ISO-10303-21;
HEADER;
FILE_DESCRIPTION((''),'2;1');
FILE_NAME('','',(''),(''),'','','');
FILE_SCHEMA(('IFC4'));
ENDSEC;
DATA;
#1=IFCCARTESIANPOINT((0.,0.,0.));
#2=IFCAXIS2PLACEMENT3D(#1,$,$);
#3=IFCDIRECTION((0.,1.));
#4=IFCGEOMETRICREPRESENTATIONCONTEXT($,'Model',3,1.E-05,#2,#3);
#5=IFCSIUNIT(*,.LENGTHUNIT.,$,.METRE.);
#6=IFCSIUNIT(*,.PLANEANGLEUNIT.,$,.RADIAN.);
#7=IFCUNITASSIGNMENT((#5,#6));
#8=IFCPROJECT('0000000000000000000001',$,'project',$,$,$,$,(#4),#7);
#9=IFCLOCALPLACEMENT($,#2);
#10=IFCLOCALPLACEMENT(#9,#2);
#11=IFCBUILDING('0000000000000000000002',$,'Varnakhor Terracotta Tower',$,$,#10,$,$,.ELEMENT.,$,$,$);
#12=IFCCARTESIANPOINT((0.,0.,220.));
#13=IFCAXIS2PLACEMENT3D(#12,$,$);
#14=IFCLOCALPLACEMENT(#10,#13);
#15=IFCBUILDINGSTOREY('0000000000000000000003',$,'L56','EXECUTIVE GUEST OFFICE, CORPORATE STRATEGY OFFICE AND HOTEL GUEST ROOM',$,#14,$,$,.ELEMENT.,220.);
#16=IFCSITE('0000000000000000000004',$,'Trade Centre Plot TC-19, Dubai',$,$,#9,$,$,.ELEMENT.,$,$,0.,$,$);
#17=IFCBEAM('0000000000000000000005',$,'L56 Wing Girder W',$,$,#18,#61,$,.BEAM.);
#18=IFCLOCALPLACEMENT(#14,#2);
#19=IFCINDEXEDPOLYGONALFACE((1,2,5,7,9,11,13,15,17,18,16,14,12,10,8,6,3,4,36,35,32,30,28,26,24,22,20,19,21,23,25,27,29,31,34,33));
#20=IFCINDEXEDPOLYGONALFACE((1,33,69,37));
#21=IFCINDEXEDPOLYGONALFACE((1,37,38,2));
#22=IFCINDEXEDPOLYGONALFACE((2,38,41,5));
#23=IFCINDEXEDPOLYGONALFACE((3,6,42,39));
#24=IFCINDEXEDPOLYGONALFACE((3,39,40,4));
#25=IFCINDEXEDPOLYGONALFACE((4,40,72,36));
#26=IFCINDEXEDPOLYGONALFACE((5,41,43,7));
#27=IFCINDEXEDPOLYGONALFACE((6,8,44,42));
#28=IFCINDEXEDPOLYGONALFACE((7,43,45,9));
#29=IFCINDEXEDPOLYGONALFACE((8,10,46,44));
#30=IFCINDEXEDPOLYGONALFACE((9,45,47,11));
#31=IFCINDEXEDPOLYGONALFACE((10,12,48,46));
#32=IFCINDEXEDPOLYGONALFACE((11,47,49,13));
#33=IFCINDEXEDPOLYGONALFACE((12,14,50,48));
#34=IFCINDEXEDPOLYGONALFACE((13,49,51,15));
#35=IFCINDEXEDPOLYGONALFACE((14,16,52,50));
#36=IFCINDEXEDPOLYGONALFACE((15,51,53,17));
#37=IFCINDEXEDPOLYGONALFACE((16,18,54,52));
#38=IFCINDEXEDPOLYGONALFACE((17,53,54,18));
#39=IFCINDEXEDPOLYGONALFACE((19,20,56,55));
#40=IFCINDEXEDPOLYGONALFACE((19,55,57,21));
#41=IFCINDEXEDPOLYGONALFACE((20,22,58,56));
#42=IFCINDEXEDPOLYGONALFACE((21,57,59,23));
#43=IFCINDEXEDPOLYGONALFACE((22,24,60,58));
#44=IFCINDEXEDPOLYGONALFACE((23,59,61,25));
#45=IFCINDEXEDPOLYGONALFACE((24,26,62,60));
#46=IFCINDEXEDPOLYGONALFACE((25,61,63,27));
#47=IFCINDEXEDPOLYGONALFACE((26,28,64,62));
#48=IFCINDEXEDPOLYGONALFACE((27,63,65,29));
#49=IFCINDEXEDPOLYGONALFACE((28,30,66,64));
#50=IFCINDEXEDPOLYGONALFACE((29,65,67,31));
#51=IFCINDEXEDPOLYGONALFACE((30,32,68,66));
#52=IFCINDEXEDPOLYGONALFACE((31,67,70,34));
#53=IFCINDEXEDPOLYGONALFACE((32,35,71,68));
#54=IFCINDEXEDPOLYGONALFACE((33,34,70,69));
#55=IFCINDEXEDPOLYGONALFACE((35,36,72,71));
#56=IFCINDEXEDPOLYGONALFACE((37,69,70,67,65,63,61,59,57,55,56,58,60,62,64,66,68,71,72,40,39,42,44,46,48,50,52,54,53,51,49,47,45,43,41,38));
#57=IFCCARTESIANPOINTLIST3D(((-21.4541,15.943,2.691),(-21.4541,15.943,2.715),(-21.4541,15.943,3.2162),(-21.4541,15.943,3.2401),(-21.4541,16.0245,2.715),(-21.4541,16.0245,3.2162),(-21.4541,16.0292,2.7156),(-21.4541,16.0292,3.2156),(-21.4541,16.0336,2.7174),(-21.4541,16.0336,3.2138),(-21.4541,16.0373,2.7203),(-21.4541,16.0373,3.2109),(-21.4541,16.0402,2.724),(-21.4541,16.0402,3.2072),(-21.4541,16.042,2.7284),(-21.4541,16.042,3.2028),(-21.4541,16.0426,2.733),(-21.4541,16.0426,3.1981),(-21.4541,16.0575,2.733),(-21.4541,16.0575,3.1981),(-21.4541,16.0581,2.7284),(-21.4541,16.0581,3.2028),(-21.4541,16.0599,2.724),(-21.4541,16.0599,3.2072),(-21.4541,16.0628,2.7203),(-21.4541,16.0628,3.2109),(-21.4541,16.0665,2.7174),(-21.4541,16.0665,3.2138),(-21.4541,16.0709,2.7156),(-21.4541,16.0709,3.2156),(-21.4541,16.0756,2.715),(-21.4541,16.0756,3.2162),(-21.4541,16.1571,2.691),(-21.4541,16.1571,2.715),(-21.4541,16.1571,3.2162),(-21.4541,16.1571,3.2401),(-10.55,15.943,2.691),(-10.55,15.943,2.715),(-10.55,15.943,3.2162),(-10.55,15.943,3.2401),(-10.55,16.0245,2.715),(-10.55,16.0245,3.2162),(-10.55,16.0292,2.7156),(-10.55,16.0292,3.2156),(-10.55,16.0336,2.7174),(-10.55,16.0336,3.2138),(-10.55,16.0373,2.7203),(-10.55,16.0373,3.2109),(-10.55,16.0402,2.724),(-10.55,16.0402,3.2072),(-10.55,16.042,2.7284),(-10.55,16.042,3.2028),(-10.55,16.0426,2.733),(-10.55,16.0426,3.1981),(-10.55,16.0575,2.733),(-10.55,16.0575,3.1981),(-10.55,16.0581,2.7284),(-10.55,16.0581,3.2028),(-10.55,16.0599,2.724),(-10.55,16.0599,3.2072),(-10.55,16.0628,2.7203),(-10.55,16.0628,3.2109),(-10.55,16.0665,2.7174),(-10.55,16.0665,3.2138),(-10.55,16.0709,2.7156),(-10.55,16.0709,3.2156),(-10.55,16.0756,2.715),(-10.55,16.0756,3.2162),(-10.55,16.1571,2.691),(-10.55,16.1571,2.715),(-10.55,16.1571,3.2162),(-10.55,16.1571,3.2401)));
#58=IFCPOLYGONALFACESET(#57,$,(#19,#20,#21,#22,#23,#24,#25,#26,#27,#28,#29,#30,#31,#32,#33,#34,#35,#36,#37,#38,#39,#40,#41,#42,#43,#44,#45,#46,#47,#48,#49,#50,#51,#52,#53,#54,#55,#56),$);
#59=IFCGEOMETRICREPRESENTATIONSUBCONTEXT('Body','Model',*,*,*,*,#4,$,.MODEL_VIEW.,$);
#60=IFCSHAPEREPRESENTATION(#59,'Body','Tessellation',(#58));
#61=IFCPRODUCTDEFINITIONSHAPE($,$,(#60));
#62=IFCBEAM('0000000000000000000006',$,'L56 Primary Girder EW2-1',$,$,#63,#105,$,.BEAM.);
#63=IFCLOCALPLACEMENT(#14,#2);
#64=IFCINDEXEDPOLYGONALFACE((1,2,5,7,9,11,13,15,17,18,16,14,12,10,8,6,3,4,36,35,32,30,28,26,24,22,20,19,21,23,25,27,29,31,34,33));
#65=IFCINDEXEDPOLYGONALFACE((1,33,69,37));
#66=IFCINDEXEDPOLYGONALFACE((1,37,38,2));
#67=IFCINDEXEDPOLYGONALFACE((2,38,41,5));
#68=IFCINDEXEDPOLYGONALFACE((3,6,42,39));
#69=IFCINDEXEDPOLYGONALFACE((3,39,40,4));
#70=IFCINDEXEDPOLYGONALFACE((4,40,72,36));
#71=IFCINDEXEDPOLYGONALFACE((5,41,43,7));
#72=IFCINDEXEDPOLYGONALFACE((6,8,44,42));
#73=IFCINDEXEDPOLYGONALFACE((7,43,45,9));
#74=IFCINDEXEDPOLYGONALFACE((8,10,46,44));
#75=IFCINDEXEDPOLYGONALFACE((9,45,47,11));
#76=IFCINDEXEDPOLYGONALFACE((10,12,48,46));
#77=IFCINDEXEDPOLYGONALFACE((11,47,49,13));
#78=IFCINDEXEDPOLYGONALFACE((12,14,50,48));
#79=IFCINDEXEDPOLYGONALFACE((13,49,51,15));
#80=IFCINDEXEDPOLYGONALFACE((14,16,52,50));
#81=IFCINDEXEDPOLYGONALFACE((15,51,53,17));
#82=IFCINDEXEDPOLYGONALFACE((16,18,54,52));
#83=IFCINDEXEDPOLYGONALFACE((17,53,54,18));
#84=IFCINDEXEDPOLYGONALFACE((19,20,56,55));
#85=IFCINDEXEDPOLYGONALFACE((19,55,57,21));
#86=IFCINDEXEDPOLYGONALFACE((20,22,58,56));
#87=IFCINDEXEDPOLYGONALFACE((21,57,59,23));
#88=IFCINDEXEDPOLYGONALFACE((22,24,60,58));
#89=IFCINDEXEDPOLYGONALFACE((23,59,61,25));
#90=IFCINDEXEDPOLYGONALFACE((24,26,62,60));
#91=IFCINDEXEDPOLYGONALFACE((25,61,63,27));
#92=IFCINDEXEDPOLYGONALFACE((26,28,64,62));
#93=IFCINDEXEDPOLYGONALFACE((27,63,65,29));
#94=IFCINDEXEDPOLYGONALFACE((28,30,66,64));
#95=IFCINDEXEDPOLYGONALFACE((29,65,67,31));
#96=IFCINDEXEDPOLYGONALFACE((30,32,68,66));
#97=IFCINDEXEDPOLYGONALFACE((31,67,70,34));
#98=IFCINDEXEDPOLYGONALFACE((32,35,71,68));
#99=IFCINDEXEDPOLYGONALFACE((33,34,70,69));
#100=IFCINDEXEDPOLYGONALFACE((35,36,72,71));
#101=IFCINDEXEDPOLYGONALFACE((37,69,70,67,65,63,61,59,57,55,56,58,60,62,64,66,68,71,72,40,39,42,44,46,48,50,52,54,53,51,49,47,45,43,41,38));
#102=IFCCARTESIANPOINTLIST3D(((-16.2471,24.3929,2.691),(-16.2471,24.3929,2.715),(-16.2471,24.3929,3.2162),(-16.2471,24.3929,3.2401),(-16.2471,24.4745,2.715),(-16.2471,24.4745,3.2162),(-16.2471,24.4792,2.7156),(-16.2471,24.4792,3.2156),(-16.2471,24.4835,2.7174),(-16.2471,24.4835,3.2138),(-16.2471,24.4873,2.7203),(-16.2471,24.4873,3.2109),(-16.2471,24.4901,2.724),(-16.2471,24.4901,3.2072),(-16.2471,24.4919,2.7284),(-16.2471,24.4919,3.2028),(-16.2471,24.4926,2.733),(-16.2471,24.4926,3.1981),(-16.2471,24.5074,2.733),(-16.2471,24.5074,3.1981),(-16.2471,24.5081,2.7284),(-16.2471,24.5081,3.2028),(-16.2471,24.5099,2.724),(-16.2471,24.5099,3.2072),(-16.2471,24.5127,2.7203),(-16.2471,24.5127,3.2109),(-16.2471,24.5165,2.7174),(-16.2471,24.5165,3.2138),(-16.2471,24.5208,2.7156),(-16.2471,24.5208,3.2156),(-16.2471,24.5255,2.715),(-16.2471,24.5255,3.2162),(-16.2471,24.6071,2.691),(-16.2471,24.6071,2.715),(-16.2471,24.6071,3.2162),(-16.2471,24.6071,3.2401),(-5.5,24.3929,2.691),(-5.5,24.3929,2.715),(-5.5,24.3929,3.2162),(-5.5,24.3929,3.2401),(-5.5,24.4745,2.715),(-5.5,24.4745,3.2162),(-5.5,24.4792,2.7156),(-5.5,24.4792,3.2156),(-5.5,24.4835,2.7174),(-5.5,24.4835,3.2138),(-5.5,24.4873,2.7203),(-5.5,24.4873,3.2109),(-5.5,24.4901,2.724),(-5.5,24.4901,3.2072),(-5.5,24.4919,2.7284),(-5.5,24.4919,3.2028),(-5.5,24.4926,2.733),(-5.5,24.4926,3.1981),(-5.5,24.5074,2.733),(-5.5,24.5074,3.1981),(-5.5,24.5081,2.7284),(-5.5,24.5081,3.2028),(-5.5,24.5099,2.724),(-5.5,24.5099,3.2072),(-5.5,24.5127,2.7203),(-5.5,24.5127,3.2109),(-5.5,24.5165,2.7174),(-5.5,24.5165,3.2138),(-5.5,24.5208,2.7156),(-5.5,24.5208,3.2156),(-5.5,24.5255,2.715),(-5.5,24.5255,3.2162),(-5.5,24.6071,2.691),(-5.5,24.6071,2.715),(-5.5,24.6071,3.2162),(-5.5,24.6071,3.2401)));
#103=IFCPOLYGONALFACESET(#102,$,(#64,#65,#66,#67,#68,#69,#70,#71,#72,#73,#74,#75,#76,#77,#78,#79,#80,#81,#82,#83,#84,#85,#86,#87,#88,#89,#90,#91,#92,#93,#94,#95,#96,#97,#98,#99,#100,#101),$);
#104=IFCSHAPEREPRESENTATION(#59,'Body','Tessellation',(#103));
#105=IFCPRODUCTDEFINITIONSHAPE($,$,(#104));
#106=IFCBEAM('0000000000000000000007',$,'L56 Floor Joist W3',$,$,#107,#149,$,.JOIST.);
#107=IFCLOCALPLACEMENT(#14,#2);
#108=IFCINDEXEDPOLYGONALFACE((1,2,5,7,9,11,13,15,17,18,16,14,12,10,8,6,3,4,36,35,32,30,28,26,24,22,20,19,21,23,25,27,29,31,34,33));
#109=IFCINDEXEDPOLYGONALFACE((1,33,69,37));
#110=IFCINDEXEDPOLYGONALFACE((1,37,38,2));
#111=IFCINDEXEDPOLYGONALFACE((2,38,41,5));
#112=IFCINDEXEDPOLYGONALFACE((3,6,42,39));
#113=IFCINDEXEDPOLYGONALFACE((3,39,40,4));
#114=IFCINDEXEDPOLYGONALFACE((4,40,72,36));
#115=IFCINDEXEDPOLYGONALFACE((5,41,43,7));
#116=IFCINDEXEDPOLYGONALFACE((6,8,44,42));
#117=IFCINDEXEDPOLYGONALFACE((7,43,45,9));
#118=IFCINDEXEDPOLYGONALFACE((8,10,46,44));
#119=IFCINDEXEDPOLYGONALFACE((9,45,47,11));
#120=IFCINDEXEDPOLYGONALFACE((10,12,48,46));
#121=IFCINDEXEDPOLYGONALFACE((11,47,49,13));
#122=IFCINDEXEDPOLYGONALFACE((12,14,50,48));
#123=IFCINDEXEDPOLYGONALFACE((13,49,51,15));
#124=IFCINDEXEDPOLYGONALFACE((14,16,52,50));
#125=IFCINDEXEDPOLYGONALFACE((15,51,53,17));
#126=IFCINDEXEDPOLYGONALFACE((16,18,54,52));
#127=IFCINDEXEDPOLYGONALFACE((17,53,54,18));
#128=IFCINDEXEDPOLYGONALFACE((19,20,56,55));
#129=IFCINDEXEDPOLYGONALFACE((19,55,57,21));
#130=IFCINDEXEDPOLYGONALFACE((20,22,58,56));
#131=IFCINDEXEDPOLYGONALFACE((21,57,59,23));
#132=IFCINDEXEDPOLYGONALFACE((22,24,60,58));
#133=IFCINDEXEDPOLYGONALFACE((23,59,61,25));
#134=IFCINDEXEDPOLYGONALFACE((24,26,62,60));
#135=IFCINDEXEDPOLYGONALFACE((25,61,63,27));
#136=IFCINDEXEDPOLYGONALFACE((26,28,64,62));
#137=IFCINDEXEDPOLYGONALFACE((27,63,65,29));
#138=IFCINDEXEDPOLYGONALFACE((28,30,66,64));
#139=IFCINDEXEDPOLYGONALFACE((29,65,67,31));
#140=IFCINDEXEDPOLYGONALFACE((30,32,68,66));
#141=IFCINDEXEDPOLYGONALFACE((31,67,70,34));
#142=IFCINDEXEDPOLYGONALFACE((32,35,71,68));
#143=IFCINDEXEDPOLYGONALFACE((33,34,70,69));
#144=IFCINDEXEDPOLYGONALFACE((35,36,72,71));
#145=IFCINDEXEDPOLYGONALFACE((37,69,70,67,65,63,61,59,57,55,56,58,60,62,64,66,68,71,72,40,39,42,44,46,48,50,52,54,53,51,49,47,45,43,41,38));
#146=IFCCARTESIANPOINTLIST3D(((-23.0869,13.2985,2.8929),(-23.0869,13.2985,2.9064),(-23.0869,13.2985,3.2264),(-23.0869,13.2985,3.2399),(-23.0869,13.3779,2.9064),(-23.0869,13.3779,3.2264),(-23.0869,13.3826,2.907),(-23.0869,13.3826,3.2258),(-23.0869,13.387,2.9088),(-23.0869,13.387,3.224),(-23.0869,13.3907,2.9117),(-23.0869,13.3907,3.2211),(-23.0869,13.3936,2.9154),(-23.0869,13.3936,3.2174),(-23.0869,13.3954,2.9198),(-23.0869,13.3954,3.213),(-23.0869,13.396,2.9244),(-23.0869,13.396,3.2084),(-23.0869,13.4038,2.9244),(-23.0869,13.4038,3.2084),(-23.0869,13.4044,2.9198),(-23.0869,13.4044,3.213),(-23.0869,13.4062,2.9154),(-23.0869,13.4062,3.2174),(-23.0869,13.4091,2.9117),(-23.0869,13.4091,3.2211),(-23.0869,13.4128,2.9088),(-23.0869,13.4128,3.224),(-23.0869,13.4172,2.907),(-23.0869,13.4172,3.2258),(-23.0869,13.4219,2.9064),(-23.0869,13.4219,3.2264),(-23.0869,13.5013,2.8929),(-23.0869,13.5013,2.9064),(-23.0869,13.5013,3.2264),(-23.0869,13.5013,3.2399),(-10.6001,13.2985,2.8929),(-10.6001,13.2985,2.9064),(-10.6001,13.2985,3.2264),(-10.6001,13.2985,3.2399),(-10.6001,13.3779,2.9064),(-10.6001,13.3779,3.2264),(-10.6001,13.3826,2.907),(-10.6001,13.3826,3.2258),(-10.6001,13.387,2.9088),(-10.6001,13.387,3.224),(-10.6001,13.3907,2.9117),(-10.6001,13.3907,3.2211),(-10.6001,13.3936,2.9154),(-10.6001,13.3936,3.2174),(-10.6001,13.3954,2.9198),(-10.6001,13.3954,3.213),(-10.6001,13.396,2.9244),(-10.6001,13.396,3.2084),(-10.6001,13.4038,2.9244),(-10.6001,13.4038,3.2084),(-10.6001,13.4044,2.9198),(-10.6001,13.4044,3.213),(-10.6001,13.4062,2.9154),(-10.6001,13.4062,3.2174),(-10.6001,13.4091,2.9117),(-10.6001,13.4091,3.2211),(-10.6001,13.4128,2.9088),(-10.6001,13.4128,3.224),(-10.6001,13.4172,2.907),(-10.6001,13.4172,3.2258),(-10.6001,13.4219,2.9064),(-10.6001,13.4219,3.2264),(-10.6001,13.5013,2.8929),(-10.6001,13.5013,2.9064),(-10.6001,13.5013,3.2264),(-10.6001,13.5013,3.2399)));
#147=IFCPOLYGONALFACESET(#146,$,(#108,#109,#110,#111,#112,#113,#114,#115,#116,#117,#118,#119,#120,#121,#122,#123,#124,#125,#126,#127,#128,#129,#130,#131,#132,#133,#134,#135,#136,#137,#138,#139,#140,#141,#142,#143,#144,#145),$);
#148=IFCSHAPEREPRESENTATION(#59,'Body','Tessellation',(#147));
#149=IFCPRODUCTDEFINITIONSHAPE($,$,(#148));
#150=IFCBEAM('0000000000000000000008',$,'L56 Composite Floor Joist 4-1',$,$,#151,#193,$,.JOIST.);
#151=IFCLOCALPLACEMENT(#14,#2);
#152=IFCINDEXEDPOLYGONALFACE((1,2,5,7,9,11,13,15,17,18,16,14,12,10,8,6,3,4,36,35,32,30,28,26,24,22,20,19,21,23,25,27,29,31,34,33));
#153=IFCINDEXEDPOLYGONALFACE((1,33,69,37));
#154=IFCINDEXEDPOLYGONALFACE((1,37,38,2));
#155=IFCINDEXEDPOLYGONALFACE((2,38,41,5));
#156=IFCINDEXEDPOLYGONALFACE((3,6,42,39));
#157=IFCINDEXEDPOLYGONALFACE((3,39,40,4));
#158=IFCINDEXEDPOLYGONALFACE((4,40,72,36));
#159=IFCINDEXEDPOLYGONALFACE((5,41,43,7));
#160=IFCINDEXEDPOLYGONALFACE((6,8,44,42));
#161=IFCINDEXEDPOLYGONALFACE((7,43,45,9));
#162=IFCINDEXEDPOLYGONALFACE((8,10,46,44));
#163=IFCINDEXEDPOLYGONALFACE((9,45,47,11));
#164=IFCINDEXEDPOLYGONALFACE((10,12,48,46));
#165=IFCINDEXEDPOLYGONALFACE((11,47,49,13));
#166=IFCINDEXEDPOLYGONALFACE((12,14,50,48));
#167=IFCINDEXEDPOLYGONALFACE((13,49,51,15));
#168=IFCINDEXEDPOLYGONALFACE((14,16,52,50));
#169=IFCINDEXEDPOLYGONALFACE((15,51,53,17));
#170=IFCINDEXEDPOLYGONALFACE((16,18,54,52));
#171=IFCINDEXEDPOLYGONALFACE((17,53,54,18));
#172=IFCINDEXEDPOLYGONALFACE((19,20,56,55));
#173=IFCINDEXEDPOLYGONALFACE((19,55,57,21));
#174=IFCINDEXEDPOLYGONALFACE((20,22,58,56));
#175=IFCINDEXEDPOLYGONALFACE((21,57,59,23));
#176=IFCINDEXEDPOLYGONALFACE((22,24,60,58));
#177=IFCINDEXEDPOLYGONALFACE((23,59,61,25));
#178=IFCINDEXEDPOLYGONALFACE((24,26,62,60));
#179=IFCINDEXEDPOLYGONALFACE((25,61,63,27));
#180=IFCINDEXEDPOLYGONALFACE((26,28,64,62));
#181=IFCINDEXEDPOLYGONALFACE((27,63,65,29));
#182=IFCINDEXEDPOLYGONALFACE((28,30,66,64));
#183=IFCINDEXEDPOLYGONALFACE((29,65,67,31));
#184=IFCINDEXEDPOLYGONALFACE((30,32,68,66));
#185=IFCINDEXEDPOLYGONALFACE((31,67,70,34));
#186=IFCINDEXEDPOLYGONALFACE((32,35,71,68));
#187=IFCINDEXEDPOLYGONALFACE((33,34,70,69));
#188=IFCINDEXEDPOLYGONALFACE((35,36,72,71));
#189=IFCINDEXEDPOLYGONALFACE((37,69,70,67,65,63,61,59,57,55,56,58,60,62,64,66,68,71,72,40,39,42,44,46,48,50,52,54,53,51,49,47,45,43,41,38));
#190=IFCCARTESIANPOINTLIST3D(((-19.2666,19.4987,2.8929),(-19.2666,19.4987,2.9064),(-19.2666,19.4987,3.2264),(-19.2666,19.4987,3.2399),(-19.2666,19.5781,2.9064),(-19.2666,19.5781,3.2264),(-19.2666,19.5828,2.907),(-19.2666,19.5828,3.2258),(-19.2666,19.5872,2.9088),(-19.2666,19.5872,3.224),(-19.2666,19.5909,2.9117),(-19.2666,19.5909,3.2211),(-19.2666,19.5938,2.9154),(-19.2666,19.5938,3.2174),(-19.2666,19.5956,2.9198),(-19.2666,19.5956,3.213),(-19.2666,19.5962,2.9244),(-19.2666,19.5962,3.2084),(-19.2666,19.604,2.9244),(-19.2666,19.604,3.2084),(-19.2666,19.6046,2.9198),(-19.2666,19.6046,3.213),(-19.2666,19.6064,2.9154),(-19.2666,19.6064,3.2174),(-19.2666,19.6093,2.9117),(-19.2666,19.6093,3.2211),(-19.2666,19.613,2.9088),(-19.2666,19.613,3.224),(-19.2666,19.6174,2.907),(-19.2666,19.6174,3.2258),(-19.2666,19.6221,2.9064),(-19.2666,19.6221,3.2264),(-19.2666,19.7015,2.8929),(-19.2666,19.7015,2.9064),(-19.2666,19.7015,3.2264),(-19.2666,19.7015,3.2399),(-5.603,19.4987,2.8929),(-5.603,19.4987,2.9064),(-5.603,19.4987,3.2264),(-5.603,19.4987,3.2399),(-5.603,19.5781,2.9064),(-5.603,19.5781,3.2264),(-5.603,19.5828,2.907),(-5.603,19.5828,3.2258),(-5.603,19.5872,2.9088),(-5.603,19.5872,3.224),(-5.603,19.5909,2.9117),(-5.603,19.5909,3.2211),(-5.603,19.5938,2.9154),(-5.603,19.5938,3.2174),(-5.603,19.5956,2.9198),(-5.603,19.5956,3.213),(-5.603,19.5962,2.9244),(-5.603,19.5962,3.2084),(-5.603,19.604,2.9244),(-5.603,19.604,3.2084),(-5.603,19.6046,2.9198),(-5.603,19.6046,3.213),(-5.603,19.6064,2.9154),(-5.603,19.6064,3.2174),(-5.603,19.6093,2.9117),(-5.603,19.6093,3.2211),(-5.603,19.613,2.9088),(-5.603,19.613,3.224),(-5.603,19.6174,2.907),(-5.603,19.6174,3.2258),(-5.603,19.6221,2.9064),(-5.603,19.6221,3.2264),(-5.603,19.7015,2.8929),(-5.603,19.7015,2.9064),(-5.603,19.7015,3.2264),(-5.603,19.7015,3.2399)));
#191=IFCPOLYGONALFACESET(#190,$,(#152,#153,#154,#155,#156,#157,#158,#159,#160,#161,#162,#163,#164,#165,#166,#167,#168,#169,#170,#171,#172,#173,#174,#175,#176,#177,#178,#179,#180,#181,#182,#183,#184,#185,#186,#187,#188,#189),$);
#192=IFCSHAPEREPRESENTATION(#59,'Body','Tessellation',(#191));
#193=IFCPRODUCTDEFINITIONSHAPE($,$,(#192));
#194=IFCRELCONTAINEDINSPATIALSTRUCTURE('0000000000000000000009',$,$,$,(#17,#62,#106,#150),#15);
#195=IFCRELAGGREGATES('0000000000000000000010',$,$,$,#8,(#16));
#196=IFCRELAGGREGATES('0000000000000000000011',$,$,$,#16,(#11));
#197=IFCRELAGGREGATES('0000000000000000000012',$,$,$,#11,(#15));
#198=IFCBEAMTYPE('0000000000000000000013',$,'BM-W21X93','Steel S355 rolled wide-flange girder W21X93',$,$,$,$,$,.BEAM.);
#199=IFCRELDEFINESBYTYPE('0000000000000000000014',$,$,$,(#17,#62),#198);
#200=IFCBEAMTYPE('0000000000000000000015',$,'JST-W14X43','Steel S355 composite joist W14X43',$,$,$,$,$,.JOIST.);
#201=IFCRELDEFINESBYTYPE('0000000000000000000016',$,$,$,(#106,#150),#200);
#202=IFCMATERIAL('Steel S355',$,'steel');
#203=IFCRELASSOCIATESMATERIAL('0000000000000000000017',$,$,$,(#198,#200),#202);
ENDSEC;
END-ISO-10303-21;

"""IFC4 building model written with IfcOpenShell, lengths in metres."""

from ifc_helpers import new_model, si_unit, direction, frame, origin, origin_2d, place, context, subcontext, project, spatial, i_section, extrude, source, transform, mapped, material, material_profile, profile_set, type_object, element, save


model = new_model("IFC4")

# Units and contexts
model_context = context("Model", 3, precision=1e-05, world=origin(), true_north=direction((0.0, 1.0)))
body_context = subcontext(model_context, "Body", "Model", "MODEL_VIEW")
ifc_project = project(units=[si_unit("LENGTHUNIT", "METRE"), si_unit("PLANEANGLEUNIT", "RADIAN")], contexts=[model_context])

# Site, building, storey
site_placement = place(None, origin())
site = spatial("IfcSite", under=ifc_project, at=site_placement, Name="Trade Centre Plot TC-19, Dubai", CompositionType="ELEMENT", RefElevation=0.0)
building_placement = place(site_placement, origin())
building = spatial("IfcBuilding", under=site, at=building_placement, Name="Varnakhor Terracotta Tower", CompositionType="ELEMENT")
storey_placement = place(building_placement, frame((0.0, 0.0, 220.0)))
storey = spatial("IfcBuildingStorey", under=building, at=storey_placement, Name="L56", Description="EXECUTIVE GUEST OFFICE, CORPORATE STRATEGY OFFICE AND HOTEL GUEST ROOM", CompositionType="ELEMENT", Elevation=220.0)

# Beams
ifc_material_1 = material(Name="Steel S355", Category="steel")
ifc_material_profile_1 = material_profile(ifc_material_1, i_section(OverallWidth=0.2141, OverallDepth=0.5491, WebThickness=0.0149, FlangeThickness=0.0239, FilletRadius=0.0181, at=origin_2d()), Name="W21X93")
ifc_profile_set_1 = profile_set([ifc_material_profile_1], Name="Steel S355")
beam_type_1 = type_object("IfcBeamType", Name="BM-W21X93", Description="Steel S355 rolled wide-flange girder W21X93", PredefinedType="BEAM", material=ifc_profile_set_1)
shared_shape_1 = source(origin(), body_context, "Body", "SweptSolid", [
    extrude(i_section(OverallWidth=0.2141, OverallDepth=0.5491, WebThickness=0.0149, FlangeThickness=0.0239, FilletRadius=0.0181, at=origin_2d()), origin(), (0.0, 0.0, 1.0), 10.9041),
])
beam_1_placement = place(storey_placement, frame((-21.4541, 16.05, 2.9656), z_axis=(1.0, 0.0, 0.0), x_axis=(0.0, 1.0, 0.0)))
element("IfcBeam", 1, at=beam_1_placement, inside=storey, type_object=beam_type_1, Name="L56 Wing Girder W", PredefinedType="BEAM", context=body_context, shape_type="MappedRepresentation", body=[
    mapped(shared_shape_1, transform((0.0, 0.0, 0.0), scale=1.0)),
])
shared_shape_2 = source(origin(), body_context, "Body", "SweptSolid", [
    extrude(i_section(OverallWidth=0.2141, OverallDepth=0.5491, WebThickness=0.0149, FlangeThickness=0.0239, FilletRadius=0.0181, at=origin_2d()), origin(), (0.0, 0.0, 1.0), 10.7471),
])
beam_2_placement = place(storey_placement, frame((-16.2471, 24.5, 2.9656), z_axis=(1.0, 0.0, 0.0), x_axis=(0.0, 1.0, 0.0)))
element("IfcBeam", 2, at=beam_2_placement, inside=storey, type_object=beam_type_1, Name="L56 Primary Girder EW2-1", PredefinedType="BEAM", context=body_context, shape_type="MappedRepresentation", body=[
    mapped(shared_shape_2, transform((0.0, 0.0, 0.0), scale=1.0)),
])
ifc_material_profile_2 = material_profile(ifc_material_1, i_section(OverallWidth=0.2029, OverallDepth=0.3469, WebThickness=0.0078, FlangeThickness=0.0134, FilletRadius=0.0181, at=origin_2d()), Name="W14X43")
ifc_profile_set_2 = profile_set([ifc_material_profile_2], Name="Steel S355")
beam_type_2 = type_object("IfcBeamType", Name="JST-W14X43", Description="Steel S355 composite joist W14X43", PredefinedType="JOIST", material=ifc_profile_set_2)
shared_shape_3 = source(origin(), body_context, "Body", "SweptSolid", [
    extrude(i_section(OverallWidth=0.2029, OverallDepth=0.3469, WebThickness=0.0078, FlangeThickness=0.0134, FilletRadius=0.0181, at=origin_2d()), origin(), (0.0, 0.0, 1.0), 12.4868),
])
beam_3_placement = place(storey_placement, frame((-23.0869, 13.3999, 3.0664), z_axis=(1.0, 0.0, 0.0), x_axis=(0.0, 1.0, 0.0)))
element("IfcBeam", 3, at=beam_3_placement, inside=storey, type_object=beam_type_2, Name="L56 Floor Joist W3", PredefinedType="JOIST", context=body_context, shape_type="MappedRepresentation", body=[
    mapped(shared_shape_3, transform((0.0, 0.0, 0.0), scale=1.0)),
])
shared_shape_4 = source(origin(), body_context, "Body", "SweptSolid", [
    extrude(i_section(OverallWidth=0.2029, OverallDepth=0.3469, WebThickness=0.0078, FlangeThickness=0.0134, FilletRadius=0.0181, at=origin_2d()), origin(), (0.0, 0.0, 1.0), 13.6636),
])
beam_4_placement = place(storey_placement, frame((-19.2666, 19.6001, 3.0664), z_axis=(1.0, 0.0, 0.0), x_axis=(0.0, 1.0, 0.0)))
element("IfcBeam", 4, at=beam_4_placement, inside=storey, type_object=beam_type_2, Name="L56 Composite Floor Joist 4-1", PredefinedType="JOIST", context=body_context, shape_type="MappedRepresentation", body=[
    mapped(shared_shape_4, transform((0.0, 0.0, 0.0), scale=1.0)),
])

save(model, "model.ifc")
